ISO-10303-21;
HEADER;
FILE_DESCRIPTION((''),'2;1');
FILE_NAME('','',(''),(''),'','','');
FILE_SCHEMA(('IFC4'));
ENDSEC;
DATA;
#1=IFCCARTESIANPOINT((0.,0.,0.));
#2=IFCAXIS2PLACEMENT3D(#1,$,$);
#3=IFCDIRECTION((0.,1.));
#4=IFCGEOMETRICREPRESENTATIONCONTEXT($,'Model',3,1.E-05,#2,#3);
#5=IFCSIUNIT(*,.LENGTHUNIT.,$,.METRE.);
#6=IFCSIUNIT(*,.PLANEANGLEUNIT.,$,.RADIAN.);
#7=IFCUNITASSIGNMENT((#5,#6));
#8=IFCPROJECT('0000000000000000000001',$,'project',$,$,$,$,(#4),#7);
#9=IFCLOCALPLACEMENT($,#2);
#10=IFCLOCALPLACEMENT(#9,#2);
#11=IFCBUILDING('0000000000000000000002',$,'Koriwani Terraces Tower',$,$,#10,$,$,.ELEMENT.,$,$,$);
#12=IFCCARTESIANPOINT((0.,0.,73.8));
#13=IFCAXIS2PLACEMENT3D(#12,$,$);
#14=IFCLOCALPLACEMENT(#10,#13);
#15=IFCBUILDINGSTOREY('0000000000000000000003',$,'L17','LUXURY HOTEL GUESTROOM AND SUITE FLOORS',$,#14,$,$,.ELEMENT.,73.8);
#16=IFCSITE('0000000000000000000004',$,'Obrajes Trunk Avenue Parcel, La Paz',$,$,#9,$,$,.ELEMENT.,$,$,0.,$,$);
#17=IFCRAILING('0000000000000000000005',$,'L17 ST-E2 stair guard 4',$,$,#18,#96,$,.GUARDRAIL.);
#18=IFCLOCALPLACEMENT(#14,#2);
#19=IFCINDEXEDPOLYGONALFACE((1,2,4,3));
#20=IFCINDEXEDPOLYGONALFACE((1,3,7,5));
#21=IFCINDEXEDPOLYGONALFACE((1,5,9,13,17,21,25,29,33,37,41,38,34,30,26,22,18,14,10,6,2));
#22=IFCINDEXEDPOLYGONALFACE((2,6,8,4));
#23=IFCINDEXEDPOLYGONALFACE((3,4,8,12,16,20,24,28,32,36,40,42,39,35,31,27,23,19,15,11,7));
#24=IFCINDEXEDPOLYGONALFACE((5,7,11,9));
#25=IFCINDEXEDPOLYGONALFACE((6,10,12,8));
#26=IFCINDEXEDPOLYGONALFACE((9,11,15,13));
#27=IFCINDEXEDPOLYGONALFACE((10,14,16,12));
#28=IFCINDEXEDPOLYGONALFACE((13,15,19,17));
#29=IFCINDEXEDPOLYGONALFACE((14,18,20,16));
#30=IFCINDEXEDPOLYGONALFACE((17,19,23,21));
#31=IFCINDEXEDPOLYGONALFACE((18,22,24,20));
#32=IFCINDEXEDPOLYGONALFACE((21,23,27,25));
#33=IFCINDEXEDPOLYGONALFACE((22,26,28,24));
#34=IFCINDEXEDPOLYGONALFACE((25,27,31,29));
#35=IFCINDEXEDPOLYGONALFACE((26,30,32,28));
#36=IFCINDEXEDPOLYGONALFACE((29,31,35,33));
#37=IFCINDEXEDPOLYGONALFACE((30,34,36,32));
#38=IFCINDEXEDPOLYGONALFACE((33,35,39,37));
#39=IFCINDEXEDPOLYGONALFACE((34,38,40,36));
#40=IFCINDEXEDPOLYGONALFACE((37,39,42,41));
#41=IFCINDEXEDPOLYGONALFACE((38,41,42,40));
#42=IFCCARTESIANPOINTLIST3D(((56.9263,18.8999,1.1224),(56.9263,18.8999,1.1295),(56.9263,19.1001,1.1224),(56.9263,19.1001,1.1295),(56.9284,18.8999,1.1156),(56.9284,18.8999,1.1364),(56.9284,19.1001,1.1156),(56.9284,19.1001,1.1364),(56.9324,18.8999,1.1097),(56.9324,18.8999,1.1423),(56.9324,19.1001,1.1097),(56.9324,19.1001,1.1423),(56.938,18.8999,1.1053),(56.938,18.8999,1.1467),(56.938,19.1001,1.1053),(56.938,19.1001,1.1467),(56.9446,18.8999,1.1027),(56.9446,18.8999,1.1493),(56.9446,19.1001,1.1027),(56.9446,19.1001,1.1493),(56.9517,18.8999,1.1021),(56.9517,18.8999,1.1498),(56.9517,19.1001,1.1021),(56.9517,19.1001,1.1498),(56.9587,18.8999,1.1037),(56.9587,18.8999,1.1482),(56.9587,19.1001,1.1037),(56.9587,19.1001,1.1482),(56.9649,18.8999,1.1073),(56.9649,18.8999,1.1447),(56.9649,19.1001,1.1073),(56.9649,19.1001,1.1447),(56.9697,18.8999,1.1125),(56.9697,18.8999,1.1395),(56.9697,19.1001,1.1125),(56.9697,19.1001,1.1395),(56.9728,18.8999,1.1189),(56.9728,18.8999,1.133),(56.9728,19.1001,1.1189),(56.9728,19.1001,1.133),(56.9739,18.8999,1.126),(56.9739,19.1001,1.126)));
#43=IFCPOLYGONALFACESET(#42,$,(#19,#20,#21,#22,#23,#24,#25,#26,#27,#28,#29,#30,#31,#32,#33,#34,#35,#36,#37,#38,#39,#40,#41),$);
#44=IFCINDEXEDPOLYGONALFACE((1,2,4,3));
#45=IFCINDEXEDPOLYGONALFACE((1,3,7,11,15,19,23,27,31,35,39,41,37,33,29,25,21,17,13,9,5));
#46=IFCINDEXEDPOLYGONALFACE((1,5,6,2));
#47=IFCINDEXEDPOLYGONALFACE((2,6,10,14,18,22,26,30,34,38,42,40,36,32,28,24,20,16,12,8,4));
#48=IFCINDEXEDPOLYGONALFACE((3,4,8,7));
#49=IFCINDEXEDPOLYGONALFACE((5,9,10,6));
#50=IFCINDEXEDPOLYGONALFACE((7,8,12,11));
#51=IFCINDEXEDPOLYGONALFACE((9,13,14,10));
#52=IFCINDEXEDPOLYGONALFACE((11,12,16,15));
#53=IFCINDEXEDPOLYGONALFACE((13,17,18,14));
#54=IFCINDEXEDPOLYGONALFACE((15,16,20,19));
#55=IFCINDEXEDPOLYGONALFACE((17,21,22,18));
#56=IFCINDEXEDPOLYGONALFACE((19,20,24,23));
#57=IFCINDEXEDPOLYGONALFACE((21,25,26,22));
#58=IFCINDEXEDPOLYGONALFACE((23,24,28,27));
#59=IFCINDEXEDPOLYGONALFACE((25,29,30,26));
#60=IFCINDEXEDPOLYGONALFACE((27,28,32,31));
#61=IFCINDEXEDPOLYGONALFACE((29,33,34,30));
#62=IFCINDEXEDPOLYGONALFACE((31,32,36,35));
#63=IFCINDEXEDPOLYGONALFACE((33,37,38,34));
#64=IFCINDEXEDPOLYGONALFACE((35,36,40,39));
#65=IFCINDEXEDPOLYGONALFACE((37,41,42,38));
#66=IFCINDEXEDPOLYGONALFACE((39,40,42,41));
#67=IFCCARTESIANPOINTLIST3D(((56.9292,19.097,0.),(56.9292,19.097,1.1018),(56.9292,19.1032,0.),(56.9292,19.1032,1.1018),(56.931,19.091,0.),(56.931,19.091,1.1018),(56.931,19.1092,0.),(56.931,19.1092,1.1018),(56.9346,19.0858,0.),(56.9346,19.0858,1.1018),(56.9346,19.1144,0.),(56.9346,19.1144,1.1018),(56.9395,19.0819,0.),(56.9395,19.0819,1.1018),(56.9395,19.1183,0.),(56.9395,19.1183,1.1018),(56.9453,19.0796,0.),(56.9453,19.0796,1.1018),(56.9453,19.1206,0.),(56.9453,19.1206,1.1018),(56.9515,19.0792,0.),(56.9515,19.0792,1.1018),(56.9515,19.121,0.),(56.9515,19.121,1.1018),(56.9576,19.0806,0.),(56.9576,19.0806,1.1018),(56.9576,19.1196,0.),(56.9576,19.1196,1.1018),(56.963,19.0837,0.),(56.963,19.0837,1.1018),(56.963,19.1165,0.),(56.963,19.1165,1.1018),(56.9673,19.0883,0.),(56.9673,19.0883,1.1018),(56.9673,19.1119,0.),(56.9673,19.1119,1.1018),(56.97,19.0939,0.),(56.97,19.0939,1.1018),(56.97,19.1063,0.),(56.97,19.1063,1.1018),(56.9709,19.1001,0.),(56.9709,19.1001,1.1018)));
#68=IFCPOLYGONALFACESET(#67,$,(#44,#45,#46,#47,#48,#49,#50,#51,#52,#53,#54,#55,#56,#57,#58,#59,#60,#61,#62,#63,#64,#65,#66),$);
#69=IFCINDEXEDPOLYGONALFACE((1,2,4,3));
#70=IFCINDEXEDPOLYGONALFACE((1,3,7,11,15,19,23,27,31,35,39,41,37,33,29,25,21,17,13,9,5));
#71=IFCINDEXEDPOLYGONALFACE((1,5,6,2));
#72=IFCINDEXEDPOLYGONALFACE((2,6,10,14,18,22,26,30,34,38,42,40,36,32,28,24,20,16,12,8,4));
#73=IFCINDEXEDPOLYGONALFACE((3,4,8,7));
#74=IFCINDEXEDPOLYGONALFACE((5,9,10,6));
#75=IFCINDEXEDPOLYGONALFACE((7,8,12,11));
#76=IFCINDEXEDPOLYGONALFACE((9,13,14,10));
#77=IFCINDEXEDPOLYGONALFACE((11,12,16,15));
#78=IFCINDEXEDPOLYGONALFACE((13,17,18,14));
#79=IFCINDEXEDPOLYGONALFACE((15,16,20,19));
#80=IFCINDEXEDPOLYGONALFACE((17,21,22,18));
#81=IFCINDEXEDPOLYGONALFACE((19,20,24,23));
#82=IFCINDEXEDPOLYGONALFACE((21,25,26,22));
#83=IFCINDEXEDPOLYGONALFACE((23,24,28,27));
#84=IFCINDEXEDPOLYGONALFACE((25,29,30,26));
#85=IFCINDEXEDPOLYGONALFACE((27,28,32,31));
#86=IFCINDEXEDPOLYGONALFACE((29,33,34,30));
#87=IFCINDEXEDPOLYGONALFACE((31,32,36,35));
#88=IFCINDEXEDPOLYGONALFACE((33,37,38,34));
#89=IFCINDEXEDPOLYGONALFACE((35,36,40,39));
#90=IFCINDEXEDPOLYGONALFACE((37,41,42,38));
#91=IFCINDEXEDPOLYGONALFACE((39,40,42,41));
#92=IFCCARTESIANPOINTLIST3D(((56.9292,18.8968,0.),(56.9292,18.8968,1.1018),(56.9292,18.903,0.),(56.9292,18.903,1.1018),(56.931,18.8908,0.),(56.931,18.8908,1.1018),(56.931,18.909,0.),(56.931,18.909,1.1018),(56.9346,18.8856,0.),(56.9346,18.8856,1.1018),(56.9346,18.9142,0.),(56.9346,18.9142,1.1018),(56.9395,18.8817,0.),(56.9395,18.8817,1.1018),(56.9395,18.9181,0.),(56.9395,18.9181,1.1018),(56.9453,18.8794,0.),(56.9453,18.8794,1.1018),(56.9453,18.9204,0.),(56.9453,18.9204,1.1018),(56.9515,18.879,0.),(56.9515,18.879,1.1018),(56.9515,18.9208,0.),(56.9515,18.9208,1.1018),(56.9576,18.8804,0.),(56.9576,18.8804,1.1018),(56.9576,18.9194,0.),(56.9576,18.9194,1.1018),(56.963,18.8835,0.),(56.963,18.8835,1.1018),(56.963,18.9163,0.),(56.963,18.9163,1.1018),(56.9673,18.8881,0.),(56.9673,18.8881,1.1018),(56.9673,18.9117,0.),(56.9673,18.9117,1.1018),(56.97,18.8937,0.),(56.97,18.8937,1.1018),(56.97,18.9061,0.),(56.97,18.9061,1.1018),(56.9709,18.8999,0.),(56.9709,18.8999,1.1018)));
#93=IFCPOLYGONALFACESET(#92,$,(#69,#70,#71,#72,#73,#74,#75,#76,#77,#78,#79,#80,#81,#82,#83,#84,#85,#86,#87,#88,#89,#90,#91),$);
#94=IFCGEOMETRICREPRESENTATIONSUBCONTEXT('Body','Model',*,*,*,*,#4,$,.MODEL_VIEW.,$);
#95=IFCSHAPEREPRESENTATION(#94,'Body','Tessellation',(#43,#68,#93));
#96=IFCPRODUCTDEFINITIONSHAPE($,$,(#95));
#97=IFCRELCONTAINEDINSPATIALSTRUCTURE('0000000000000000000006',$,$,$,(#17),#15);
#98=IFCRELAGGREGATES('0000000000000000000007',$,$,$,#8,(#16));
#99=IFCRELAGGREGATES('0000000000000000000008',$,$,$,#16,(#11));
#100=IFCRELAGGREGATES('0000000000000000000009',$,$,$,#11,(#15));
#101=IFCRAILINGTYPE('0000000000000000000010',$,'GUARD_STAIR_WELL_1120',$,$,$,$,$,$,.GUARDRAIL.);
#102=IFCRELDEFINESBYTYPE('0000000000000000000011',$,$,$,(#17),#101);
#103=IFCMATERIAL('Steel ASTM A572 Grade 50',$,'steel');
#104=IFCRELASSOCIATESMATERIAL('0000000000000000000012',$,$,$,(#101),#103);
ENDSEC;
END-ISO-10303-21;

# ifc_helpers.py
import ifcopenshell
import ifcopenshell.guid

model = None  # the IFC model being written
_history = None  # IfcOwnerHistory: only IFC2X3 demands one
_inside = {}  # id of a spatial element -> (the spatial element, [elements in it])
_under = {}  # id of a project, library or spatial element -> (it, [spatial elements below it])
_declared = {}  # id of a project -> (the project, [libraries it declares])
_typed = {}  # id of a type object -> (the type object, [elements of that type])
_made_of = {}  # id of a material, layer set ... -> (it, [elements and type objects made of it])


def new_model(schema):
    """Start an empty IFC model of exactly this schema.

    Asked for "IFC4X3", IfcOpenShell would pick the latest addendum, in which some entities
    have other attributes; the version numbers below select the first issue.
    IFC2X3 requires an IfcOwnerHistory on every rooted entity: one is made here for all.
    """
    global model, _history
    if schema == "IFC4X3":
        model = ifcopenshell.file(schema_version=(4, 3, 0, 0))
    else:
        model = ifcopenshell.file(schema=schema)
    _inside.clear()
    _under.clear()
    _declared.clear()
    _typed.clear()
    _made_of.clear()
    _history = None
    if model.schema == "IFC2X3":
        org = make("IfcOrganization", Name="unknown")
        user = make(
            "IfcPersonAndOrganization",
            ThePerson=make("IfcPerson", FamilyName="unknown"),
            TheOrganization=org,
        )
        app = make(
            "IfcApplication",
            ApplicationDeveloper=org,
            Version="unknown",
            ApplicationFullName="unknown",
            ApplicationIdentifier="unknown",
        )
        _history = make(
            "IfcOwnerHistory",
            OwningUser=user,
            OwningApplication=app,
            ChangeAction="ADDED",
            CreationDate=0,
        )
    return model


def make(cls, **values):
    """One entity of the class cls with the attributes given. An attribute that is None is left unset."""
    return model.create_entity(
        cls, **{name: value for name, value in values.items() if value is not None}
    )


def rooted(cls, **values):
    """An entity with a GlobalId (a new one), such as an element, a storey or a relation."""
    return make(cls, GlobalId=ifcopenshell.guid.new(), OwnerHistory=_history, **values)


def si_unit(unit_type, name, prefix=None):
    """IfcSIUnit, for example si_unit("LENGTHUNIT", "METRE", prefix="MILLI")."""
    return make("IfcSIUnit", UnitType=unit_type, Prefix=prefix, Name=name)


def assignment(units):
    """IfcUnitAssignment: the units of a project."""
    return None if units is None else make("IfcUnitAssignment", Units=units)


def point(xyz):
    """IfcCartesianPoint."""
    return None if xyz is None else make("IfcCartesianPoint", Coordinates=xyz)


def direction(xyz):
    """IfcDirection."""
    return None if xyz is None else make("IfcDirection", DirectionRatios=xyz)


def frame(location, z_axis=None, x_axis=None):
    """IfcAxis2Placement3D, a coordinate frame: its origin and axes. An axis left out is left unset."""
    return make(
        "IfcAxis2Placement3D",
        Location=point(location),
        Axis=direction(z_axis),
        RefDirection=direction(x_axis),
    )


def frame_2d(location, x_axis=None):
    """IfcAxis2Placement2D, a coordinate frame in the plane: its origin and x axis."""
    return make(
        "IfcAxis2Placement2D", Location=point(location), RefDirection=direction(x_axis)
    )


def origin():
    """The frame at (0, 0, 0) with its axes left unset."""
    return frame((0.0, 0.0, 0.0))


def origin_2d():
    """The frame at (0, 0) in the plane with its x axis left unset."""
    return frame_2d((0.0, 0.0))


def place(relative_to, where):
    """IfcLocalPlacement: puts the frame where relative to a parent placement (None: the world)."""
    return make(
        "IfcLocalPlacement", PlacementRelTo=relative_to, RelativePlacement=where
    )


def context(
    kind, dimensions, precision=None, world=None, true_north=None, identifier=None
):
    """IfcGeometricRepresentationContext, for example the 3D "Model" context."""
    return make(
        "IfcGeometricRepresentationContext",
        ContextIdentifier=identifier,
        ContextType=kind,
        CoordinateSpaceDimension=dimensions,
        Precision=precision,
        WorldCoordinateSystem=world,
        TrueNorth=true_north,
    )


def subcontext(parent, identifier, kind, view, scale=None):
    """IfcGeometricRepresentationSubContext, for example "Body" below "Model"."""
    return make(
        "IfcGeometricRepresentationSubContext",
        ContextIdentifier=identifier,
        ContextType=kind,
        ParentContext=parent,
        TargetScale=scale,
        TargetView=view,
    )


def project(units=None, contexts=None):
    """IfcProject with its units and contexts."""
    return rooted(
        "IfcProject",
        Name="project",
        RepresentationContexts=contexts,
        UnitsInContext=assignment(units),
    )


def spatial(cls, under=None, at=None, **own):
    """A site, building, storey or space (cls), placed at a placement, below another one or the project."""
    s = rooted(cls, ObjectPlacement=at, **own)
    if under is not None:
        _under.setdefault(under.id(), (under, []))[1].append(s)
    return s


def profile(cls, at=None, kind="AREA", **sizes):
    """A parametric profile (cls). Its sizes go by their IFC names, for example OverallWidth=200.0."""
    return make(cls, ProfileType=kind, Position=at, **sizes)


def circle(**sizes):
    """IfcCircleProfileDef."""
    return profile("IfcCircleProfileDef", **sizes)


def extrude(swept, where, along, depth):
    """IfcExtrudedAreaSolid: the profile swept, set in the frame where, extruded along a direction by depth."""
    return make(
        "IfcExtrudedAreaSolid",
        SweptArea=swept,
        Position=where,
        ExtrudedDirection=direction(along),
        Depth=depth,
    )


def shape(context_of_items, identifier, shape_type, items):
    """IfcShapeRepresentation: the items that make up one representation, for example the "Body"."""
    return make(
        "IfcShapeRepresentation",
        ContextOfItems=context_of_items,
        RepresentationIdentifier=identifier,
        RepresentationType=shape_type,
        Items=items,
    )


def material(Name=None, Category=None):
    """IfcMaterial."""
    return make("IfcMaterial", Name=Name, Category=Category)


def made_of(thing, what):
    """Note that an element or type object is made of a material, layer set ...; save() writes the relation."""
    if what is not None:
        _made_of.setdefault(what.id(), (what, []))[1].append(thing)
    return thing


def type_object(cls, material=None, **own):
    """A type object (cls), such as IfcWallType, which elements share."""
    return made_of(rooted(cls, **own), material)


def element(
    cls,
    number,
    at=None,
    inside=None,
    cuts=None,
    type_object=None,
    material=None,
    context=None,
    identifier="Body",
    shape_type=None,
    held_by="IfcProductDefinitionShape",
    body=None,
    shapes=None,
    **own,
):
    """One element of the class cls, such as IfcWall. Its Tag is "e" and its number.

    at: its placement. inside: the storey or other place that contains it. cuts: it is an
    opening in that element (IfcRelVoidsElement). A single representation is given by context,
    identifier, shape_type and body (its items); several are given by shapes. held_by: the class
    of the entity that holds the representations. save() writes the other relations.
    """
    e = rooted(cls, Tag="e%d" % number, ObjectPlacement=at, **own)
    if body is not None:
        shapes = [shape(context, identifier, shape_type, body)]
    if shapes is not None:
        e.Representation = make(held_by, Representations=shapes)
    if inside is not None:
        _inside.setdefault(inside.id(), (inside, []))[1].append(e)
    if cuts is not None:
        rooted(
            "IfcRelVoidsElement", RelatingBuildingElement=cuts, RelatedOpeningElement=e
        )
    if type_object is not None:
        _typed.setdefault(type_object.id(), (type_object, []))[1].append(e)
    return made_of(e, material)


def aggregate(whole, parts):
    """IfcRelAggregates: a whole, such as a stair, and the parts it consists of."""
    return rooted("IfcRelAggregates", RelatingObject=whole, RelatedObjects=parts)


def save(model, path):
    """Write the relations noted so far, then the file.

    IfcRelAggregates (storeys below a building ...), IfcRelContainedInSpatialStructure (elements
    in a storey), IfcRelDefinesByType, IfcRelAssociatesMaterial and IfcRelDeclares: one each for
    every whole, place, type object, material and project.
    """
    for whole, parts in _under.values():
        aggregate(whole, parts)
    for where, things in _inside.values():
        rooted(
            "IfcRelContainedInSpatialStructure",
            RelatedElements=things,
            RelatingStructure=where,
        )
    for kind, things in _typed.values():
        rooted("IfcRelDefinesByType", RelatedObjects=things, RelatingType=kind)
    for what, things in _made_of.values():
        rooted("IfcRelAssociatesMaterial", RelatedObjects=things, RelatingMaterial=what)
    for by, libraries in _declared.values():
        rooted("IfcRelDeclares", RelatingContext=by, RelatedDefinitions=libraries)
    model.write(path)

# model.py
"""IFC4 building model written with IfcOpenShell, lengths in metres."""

from ifc_helpers import new_model, si_unit, direction, frame, origin, origin_2d, place, context, subcontext, project, spatial, circle, extrude, material, type_object, element, save


model = new_model("IFC4")

# Units and contexts
model_context = context("Model", 3, precision=1e-05, world=origin(), true_north=direction((0.0, 1.0)))
body_context = subcontext(model_context, "Body", "Model", "MODEL_VIEW")
ifc_project = project(units=[si_unit("LENGTHUNIT", "METRE"), si_unit("PLANEANGLEUNIT", "RADIAN")], contexts=[model_context])

# Site, building, storey
site_placement = place(None, origin())
site = spatial("IfcSite", under=ifc_project, at=site_placement, Name="Obrajes Trunk Avenue Parcel, La Paz", CompositionType="ELEMENT", RefElevation=0.0)
building_placement = place(site_placement, origin())
building = spatial("IfcBuilding", under=site, at=building_placement, Name="Koriwani Terraces Tower", CompositionType="ELEMENT")
storey_placement = place(building_placement, frame((0.0, 0.0, 73.8)))
storey = spatial("IfcBuildingStorey", under=building, at=storey_placement, Name="L17", Description="LUXURY HOTEL GUESTROOM AND SUITE FLOORS", CompositionType="ELEMENT", Elevation=73.8)

# Shared definitions
ifc_material_1 = material(Name="Steel ASTM A572 Grade 50", Category="steel")

# Railing
railing_type_1 = type_object("IfcRailingType", Name="GUARD_STAIR_WELL_1120", PredefinedType="GUARDRAIL", material=ifc_material_1)
railing_1_placement = place(storey_placement, frame((56.95, 19.1001, 0.0)))
element("IfcRailing", 1, at=railing_1_placement, inside=storey, type_object=railing_type_1, Name="L17 ST-E2 stair guard 4", PredefinedType="GUARDRAIL", context=body_context, shape_type="SweptSolid", body=[
    extrude(circle(Radius=0.0239, at=origin_2d()), frame((0.0, 0.0, 1.126), z_axis=(0.0, -1.0, 0.0), x_axis=(1.0, 0.0, 0.0)), (0.0, 0.0, 1.0), 0.2002),
    extrude(circle(Radius=0.021, at=origin_2d()), origin(), (0.0, 0.0, 1.0), 1.1018),
    extrude(circle(Radius=0.021, at=origin_2d()), frame((0.0, -0.2002, 0.0)), (0.0, 0.0, 1.0), 1.1018),
])

save(model, "model.ifc")
